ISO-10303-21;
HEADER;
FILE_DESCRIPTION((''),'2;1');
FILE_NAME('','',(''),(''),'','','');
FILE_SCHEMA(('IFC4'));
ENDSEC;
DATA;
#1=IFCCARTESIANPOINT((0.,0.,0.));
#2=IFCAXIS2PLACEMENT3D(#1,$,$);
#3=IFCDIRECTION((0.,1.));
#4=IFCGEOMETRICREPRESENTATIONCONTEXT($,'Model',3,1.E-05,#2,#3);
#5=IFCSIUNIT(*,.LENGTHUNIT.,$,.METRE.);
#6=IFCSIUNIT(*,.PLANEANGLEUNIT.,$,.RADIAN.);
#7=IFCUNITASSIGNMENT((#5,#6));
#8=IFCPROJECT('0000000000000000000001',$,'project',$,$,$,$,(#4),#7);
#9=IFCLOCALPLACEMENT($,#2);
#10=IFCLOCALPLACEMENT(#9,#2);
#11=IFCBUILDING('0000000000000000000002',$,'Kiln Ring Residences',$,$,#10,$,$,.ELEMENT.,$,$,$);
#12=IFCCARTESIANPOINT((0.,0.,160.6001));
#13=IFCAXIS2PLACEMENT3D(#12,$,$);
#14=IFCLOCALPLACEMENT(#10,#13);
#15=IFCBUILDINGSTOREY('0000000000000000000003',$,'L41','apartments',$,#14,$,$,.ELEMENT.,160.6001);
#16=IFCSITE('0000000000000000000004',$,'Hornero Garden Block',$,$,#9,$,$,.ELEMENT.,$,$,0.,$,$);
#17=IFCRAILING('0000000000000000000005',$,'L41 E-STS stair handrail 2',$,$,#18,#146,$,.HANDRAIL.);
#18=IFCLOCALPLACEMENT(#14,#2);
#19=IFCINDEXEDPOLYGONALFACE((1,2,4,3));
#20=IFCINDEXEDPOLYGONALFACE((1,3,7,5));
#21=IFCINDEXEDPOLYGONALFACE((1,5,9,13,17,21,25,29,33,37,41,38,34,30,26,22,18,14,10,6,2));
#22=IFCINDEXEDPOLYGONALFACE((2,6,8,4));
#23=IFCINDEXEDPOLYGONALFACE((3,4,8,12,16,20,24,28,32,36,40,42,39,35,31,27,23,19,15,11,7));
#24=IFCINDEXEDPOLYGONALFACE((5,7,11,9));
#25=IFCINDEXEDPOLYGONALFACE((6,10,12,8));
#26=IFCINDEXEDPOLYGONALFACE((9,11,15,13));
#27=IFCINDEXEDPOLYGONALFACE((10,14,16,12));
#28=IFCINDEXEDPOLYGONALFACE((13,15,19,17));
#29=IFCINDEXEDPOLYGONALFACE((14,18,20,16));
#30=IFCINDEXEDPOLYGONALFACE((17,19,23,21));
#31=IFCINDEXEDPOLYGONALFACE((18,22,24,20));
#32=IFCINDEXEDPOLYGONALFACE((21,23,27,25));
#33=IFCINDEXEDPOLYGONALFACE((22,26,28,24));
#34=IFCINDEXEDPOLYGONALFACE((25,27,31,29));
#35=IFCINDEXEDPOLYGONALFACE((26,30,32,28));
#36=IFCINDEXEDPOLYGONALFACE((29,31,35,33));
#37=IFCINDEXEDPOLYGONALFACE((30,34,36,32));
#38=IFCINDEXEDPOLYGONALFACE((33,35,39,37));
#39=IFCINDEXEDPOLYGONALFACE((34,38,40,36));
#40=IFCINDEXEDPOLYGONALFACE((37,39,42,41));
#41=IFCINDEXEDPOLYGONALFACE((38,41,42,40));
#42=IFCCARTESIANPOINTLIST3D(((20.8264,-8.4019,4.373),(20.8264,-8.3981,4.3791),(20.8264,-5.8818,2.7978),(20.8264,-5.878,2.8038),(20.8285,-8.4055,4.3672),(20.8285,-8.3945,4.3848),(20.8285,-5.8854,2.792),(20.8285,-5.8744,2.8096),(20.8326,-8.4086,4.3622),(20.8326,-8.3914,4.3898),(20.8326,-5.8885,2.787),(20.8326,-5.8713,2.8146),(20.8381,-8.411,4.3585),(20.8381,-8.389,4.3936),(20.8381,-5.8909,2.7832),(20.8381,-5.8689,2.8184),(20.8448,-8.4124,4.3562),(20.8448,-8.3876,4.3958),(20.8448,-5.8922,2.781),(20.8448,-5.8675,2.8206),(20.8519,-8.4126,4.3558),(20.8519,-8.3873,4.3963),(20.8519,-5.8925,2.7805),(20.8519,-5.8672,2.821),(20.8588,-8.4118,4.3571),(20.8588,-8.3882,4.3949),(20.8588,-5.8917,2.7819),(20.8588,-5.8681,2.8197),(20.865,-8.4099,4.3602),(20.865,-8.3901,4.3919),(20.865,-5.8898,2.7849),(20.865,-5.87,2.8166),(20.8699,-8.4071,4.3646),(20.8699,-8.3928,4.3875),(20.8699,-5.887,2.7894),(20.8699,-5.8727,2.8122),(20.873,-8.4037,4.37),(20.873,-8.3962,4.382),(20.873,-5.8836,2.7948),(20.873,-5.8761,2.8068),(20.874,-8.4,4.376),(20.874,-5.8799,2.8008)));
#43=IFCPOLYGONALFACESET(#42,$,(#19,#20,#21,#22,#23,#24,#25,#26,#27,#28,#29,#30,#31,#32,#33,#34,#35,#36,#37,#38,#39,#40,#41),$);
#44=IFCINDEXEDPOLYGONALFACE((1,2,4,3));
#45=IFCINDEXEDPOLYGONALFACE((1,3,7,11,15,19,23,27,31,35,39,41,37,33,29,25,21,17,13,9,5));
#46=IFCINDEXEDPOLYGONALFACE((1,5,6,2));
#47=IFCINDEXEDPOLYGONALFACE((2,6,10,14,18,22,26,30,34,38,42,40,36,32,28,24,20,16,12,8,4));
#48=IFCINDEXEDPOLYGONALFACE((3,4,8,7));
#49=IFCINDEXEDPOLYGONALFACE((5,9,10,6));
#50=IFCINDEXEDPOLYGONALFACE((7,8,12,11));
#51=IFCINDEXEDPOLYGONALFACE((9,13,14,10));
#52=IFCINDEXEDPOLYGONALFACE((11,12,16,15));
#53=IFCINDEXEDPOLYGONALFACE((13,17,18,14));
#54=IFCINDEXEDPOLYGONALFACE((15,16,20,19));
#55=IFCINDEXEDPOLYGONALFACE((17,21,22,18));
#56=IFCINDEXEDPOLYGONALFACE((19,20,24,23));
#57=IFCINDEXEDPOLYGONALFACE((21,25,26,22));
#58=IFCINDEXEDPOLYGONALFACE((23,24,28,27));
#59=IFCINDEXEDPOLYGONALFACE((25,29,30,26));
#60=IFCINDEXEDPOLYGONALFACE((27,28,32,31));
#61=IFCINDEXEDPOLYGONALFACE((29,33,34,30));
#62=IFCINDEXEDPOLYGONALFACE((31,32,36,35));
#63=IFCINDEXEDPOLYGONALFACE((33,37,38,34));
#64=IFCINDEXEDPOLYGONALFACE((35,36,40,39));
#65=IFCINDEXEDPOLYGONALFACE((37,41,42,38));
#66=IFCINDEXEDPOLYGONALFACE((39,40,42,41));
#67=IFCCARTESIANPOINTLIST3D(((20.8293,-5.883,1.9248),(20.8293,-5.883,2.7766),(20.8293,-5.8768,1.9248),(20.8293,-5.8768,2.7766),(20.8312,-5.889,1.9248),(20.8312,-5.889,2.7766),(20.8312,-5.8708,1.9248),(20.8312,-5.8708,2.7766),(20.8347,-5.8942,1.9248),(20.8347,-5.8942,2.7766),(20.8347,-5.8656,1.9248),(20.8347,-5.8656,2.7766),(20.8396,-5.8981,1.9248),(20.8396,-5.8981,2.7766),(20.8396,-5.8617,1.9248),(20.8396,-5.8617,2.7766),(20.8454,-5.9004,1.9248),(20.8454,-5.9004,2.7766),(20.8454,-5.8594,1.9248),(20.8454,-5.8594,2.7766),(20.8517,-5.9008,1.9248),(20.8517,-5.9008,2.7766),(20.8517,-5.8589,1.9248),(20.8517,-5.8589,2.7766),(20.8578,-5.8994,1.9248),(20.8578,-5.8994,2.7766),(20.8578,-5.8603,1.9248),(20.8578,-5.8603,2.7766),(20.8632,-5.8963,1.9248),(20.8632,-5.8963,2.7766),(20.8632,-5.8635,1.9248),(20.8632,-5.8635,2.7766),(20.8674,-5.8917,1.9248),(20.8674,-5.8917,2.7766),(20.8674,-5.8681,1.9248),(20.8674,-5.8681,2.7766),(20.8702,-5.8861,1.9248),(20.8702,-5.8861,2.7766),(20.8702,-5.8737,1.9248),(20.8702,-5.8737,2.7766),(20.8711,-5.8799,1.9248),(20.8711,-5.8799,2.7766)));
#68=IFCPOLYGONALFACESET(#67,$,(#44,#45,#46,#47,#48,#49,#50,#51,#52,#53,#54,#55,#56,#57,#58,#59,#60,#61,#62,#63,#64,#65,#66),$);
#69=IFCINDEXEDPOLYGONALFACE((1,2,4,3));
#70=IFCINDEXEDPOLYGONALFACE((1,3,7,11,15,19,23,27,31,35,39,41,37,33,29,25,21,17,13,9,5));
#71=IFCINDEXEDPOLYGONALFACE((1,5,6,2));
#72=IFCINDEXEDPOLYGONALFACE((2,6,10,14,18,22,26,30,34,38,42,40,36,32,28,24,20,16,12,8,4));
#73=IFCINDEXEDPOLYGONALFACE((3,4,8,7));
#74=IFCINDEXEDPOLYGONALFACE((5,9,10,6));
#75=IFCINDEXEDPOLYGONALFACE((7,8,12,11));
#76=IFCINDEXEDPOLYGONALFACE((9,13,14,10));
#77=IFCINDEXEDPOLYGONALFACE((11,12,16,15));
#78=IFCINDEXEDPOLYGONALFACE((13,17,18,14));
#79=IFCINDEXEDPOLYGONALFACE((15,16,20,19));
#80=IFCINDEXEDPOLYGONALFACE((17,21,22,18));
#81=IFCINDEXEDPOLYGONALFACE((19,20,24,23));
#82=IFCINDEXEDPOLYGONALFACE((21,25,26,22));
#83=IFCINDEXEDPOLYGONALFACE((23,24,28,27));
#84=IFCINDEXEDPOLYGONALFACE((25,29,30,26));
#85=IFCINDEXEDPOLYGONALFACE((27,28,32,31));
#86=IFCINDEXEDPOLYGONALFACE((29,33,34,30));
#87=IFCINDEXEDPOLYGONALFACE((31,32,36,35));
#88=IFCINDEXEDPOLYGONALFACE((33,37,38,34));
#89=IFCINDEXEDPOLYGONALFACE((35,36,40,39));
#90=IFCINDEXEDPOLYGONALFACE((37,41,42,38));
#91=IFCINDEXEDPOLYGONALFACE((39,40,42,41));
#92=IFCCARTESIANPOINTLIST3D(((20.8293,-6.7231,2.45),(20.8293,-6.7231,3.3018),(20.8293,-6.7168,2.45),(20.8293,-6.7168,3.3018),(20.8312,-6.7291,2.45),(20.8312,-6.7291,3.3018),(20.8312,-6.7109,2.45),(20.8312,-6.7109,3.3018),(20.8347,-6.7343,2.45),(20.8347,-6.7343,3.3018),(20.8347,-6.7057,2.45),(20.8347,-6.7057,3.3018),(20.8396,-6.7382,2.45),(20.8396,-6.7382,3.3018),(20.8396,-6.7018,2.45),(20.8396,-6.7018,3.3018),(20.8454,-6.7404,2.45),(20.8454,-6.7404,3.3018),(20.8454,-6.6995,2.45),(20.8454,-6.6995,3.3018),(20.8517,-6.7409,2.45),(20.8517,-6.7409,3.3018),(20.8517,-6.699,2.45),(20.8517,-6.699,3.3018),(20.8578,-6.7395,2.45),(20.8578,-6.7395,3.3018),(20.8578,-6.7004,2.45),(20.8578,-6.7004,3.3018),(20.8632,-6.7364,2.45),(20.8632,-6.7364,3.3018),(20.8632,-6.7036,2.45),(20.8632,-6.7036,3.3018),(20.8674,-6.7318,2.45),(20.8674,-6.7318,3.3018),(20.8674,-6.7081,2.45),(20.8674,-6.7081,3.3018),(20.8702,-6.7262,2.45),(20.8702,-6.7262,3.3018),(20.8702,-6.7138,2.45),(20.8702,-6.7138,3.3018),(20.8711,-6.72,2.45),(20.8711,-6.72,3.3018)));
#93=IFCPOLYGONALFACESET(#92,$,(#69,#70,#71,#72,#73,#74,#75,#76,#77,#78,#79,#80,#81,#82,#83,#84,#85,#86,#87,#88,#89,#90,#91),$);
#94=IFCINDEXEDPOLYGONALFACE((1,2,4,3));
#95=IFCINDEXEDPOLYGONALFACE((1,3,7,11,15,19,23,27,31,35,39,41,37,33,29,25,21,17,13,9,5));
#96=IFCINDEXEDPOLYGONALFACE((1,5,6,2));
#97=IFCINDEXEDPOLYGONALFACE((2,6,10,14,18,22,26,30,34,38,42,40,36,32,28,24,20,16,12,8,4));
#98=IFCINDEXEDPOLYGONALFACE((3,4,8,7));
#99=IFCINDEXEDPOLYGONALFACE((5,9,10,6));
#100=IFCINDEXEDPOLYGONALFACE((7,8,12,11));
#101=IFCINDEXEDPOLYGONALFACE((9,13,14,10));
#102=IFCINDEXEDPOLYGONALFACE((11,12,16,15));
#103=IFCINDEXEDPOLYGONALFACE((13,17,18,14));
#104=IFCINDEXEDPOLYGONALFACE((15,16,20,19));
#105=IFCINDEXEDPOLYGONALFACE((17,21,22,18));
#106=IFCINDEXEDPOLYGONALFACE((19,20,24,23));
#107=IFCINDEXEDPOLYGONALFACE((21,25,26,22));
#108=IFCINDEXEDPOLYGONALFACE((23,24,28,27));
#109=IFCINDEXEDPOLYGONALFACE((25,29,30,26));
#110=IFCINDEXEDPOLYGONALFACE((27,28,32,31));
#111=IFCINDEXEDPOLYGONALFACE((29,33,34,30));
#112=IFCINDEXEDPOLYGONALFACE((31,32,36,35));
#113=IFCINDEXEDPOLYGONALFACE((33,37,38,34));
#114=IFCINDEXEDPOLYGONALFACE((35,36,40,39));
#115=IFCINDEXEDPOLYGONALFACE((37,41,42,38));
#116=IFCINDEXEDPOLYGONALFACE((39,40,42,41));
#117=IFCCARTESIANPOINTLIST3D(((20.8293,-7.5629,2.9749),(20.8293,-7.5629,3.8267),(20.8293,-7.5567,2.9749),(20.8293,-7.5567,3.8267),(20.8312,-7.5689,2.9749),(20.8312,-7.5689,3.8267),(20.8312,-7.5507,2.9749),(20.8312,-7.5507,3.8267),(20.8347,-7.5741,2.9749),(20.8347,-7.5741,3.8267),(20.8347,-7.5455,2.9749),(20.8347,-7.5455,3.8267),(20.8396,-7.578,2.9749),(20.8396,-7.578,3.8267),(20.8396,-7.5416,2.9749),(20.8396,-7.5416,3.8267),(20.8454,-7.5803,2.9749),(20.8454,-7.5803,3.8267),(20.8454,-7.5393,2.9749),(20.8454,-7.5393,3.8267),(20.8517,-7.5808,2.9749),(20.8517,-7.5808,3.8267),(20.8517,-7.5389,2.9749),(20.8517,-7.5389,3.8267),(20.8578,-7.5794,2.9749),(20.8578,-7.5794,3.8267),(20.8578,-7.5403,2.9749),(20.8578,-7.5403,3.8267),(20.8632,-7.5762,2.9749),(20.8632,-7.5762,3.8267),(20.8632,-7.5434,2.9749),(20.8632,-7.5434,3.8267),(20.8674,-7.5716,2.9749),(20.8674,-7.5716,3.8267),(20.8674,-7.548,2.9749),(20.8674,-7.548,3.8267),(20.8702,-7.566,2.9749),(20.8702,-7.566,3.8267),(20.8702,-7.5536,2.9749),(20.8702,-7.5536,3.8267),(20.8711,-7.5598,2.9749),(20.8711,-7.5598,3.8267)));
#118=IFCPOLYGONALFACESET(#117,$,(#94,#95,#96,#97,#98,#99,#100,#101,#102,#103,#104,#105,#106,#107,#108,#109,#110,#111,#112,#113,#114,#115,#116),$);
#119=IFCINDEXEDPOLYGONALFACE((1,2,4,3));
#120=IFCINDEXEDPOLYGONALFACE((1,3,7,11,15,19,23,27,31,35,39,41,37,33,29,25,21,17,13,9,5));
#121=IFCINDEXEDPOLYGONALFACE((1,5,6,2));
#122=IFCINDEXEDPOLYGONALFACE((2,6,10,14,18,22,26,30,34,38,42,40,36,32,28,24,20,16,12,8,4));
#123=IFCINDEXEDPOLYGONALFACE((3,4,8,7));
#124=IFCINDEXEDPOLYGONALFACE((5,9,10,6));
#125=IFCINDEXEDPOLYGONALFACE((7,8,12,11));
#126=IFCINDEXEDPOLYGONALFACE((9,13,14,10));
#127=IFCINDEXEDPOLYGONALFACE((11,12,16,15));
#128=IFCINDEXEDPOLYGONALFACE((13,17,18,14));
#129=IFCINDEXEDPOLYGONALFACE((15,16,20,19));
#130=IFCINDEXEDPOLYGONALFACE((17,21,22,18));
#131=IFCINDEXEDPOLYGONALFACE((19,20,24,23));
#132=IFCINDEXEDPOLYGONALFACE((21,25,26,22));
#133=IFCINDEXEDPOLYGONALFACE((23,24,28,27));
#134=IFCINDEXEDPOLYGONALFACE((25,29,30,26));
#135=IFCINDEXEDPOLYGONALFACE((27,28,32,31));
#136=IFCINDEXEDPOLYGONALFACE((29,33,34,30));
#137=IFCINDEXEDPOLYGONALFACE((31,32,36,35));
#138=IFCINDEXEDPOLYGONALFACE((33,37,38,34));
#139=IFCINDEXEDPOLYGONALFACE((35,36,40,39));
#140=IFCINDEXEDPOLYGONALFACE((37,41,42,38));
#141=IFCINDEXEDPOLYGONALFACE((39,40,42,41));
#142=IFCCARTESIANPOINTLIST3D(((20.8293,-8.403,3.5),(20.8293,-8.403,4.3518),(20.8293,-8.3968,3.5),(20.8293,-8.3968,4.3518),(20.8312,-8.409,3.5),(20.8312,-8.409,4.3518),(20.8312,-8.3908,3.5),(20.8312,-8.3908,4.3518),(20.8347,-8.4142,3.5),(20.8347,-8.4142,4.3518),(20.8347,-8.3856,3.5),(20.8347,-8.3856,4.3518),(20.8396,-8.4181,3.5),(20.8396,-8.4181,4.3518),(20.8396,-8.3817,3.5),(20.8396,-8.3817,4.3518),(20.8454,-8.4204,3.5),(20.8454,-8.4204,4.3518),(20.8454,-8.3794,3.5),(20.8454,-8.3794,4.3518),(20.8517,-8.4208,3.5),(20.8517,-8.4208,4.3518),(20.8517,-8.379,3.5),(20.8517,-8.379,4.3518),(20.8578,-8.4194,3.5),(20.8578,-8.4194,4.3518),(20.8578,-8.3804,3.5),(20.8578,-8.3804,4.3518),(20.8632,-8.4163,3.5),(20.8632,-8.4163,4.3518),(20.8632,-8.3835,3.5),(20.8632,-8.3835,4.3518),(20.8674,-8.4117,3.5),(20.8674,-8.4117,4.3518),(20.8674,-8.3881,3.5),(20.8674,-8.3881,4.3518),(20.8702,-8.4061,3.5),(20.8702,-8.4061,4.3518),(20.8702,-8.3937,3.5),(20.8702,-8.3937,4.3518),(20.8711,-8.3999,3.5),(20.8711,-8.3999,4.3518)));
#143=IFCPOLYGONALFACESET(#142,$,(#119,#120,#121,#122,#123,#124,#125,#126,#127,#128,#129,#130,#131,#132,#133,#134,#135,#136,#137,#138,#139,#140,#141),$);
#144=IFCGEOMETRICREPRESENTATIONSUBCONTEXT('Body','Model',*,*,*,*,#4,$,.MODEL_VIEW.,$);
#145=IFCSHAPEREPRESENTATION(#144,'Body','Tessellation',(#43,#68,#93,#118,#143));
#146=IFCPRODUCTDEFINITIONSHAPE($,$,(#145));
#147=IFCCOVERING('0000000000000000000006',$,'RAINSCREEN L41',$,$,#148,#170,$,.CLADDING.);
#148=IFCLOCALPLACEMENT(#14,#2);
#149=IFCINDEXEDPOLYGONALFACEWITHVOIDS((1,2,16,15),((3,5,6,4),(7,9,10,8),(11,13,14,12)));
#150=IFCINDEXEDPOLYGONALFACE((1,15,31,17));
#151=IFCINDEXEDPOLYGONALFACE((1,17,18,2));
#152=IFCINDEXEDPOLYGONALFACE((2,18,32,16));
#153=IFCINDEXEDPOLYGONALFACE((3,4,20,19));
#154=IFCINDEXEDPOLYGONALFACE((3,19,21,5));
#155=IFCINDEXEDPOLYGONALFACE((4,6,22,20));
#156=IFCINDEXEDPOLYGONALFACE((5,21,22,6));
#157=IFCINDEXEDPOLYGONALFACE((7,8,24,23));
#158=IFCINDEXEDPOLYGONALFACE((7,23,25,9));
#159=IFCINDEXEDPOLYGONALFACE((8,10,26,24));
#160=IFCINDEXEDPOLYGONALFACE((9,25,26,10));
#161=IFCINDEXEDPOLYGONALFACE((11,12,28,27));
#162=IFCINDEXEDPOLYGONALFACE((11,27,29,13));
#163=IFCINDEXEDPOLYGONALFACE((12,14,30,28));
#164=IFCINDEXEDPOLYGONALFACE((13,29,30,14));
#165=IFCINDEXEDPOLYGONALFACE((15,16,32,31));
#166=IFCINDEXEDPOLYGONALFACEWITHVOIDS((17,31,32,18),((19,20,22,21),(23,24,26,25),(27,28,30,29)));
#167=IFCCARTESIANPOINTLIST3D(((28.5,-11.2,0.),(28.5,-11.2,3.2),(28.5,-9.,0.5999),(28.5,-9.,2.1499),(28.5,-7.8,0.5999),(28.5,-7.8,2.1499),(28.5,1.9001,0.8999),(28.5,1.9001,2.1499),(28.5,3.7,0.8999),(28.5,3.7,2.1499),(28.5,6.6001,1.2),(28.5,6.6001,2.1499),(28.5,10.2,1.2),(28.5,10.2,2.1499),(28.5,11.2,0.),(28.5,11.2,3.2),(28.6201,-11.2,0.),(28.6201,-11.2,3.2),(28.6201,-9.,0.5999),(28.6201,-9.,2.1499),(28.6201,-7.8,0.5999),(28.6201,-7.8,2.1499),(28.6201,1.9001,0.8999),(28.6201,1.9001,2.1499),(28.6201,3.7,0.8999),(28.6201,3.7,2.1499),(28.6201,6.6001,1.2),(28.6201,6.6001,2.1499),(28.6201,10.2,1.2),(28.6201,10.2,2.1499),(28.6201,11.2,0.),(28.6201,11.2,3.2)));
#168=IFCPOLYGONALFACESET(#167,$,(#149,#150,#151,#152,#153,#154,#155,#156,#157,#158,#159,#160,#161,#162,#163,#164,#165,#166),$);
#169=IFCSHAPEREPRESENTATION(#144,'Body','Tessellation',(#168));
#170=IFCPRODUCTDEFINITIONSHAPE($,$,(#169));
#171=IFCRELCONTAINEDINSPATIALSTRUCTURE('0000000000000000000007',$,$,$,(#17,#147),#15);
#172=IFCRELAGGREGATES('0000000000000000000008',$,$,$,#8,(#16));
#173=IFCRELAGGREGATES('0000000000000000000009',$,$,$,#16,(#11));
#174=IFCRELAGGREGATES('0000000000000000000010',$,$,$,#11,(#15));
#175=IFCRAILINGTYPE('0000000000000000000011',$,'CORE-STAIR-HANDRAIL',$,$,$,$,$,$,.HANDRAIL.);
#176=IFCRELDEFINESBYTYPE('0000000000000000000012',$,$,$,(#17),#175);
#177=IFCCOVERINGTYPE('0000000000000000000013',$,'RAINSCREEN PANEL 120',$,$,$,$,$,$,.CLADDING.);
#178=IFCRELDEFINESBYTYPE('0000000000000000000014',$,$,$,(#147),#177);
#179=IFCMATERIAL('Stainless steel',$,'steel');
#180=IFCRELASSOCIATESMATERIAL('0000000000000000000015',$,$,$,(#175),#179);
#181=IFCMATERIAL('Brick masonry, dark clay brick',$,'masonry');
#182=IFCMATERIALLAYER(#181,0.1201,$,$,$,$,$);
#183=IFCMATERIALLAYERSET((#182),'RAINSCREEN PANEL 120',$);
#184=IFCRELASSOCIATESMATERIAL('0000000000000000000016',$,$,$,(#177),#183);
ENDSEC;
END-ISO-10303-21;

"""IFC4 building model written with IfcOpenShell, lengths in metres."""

from ifc_helpers import new_model, si_unit, direction, frame, origin, origin_2d, place, context, subcontext, project, spatial, polyline, circle, outline, extrude, material, layer, layer_set, type_object, element, save


model = new_model("IFC4")

# Units and contexts
model_context = context("Model", 3, precision=1e-05, world=origin(), true_north=direction((0.0, 1.0)))
body_context = subcontext(model_context, "Body", "Model", "MODEL_VIEW")
ifc_project = project(units=[si_unit("LENGTHUNIT", "METRE"), si_unit("PLANEANGLEUNIT", "RADIAN")], contexts=[model_context])

# Site, building, storey
site_placement = place(None, origin())
site = spatial("IfcSite", under=ifc_project, at=site_placement, Name="Hornero Garden Block", CompositionType="ELEMENT", RefElevation=0.0)
building_placement = place(site_placement, origin())
building = spatial("IfcBuilding", under=site, at=building_placement, Name="Kiln Ring Residences", CompositionType="ELEMENT")
storey_placement = place(building_placement, frame((0.0, 0.0, 160.6001)))
storey = spatial("IfcBuildingStorey", under=building, at=storey_placement, Name="L41", Description="apartments", CompositionType="ELEMENT", Elevation=160.6001)

# Railing
ifc_material_1 = material(Name="Stainless steel", Category="steel")
railing_type_1 = type_object("IfcRailingType", Name="CORE-STAIR-HANDRAIL", PredefinedType="HANDRAIL", material=ifc_material_1)
railing_1_placement = place(storey_placement, frame((20.8501, -5.8799, 1.9248)))
element("IfcRailing", 1, at=railing_1_placement, inside=storey, type_object=railing_type_1, Name="L41 E-STS stair handrail 2", PredefinedType="HANDRAIL", context=body_context, shape_type="SweptSolid", body=[
    extrude(circle(Radius=0.0239, at=origin_2d()), frame((0.0, 0.0, 0.876), z_axis=(0.0, -0.847971, 0.530043), x_axis=(1.0, 0.0, 0.0)), (0.0, 0.0, 1.0), 2.9719),
    extrude(circle(Radius=0.021, at=origin_2d()), origin(), (0.0, 0.0, 1.0), 0.8518),
    extrude(circle(Radius=0.021, at=origin_2d()), frame((0.0, -0.8401, 0.5251)), (0.0, 0.0, 1.0), 0.8518),
    extrude(circle(Radius=0.021, at=origin_2d()), frame((0.0, -1.6799, 1.05)), (0.0, 0.0, 1.0), 0.8518),
    extrude(circle(Radius=0.021, at=origin_2d()), frame((0.0, -2.52, 1.5752)), (0.0, 0.0, 1.0), 0.8518),
])

# Covering
ifc_material_2 = material(Name="Brick masonry, dark clay brick", Category="masonry")
ifc_layer_1 = layer(ifc_material_2, 0.1201)
ifc_layer_set_1 = layer_set([ifc_layer_1], Name="RAINSCREEN PANEL 120")
covering_type = type_object("IfcCoveringType", Name="RAINSCREEN PANEL 120", PredefinedType="CLADDING", material=ifc_layer_set_1)
covering_placement = place(storey_placement, frame((28.5601, -11.2, 0.0), z_axis=(0.0, 0.0, 1.0), x_axis=(0.0, 1.0, 0.0)))
element("IfcCovering", 2, at=covering_placement, inside=storey, type_object=covering_type, Name="RAINSCREEN L41", PredefinedType="CLADDING", context=body_context, shape_type="SweptSolid", body=[
    extrude(outline(polyline([(0.0, 0.0), (22.3999, 0.0), (22.3999, 3.2), (0.0, 3.2), (0.0, 0.0)]), holes=[polyline([(3.3999, 2.1499), (2.2, 2.1499), (2.2, 0.5999), (3.3999, 0.5999), (3.3999, 2.1499)]), polyline([(14.8999, 0.8999), (14.8999, 2.1499), (13.1001, 2.1499), (13.1001, 0.8999), (14.8999, 0.8999)]), polyline([(21.3999, 1.2), (21.3999, 2.1499), (17.8, 2.1499), (17.8, 1.2), (21.3999, 1.2)])]), frame((0.0, 0.0601, 0.0), z_axis=(0.0, -1.0, 0.0), x_axis=(1.0, 0.0, 0.0)), (0.0, 0.0, 1.0), 0.1201),
])

save(model, "model.ifc")
